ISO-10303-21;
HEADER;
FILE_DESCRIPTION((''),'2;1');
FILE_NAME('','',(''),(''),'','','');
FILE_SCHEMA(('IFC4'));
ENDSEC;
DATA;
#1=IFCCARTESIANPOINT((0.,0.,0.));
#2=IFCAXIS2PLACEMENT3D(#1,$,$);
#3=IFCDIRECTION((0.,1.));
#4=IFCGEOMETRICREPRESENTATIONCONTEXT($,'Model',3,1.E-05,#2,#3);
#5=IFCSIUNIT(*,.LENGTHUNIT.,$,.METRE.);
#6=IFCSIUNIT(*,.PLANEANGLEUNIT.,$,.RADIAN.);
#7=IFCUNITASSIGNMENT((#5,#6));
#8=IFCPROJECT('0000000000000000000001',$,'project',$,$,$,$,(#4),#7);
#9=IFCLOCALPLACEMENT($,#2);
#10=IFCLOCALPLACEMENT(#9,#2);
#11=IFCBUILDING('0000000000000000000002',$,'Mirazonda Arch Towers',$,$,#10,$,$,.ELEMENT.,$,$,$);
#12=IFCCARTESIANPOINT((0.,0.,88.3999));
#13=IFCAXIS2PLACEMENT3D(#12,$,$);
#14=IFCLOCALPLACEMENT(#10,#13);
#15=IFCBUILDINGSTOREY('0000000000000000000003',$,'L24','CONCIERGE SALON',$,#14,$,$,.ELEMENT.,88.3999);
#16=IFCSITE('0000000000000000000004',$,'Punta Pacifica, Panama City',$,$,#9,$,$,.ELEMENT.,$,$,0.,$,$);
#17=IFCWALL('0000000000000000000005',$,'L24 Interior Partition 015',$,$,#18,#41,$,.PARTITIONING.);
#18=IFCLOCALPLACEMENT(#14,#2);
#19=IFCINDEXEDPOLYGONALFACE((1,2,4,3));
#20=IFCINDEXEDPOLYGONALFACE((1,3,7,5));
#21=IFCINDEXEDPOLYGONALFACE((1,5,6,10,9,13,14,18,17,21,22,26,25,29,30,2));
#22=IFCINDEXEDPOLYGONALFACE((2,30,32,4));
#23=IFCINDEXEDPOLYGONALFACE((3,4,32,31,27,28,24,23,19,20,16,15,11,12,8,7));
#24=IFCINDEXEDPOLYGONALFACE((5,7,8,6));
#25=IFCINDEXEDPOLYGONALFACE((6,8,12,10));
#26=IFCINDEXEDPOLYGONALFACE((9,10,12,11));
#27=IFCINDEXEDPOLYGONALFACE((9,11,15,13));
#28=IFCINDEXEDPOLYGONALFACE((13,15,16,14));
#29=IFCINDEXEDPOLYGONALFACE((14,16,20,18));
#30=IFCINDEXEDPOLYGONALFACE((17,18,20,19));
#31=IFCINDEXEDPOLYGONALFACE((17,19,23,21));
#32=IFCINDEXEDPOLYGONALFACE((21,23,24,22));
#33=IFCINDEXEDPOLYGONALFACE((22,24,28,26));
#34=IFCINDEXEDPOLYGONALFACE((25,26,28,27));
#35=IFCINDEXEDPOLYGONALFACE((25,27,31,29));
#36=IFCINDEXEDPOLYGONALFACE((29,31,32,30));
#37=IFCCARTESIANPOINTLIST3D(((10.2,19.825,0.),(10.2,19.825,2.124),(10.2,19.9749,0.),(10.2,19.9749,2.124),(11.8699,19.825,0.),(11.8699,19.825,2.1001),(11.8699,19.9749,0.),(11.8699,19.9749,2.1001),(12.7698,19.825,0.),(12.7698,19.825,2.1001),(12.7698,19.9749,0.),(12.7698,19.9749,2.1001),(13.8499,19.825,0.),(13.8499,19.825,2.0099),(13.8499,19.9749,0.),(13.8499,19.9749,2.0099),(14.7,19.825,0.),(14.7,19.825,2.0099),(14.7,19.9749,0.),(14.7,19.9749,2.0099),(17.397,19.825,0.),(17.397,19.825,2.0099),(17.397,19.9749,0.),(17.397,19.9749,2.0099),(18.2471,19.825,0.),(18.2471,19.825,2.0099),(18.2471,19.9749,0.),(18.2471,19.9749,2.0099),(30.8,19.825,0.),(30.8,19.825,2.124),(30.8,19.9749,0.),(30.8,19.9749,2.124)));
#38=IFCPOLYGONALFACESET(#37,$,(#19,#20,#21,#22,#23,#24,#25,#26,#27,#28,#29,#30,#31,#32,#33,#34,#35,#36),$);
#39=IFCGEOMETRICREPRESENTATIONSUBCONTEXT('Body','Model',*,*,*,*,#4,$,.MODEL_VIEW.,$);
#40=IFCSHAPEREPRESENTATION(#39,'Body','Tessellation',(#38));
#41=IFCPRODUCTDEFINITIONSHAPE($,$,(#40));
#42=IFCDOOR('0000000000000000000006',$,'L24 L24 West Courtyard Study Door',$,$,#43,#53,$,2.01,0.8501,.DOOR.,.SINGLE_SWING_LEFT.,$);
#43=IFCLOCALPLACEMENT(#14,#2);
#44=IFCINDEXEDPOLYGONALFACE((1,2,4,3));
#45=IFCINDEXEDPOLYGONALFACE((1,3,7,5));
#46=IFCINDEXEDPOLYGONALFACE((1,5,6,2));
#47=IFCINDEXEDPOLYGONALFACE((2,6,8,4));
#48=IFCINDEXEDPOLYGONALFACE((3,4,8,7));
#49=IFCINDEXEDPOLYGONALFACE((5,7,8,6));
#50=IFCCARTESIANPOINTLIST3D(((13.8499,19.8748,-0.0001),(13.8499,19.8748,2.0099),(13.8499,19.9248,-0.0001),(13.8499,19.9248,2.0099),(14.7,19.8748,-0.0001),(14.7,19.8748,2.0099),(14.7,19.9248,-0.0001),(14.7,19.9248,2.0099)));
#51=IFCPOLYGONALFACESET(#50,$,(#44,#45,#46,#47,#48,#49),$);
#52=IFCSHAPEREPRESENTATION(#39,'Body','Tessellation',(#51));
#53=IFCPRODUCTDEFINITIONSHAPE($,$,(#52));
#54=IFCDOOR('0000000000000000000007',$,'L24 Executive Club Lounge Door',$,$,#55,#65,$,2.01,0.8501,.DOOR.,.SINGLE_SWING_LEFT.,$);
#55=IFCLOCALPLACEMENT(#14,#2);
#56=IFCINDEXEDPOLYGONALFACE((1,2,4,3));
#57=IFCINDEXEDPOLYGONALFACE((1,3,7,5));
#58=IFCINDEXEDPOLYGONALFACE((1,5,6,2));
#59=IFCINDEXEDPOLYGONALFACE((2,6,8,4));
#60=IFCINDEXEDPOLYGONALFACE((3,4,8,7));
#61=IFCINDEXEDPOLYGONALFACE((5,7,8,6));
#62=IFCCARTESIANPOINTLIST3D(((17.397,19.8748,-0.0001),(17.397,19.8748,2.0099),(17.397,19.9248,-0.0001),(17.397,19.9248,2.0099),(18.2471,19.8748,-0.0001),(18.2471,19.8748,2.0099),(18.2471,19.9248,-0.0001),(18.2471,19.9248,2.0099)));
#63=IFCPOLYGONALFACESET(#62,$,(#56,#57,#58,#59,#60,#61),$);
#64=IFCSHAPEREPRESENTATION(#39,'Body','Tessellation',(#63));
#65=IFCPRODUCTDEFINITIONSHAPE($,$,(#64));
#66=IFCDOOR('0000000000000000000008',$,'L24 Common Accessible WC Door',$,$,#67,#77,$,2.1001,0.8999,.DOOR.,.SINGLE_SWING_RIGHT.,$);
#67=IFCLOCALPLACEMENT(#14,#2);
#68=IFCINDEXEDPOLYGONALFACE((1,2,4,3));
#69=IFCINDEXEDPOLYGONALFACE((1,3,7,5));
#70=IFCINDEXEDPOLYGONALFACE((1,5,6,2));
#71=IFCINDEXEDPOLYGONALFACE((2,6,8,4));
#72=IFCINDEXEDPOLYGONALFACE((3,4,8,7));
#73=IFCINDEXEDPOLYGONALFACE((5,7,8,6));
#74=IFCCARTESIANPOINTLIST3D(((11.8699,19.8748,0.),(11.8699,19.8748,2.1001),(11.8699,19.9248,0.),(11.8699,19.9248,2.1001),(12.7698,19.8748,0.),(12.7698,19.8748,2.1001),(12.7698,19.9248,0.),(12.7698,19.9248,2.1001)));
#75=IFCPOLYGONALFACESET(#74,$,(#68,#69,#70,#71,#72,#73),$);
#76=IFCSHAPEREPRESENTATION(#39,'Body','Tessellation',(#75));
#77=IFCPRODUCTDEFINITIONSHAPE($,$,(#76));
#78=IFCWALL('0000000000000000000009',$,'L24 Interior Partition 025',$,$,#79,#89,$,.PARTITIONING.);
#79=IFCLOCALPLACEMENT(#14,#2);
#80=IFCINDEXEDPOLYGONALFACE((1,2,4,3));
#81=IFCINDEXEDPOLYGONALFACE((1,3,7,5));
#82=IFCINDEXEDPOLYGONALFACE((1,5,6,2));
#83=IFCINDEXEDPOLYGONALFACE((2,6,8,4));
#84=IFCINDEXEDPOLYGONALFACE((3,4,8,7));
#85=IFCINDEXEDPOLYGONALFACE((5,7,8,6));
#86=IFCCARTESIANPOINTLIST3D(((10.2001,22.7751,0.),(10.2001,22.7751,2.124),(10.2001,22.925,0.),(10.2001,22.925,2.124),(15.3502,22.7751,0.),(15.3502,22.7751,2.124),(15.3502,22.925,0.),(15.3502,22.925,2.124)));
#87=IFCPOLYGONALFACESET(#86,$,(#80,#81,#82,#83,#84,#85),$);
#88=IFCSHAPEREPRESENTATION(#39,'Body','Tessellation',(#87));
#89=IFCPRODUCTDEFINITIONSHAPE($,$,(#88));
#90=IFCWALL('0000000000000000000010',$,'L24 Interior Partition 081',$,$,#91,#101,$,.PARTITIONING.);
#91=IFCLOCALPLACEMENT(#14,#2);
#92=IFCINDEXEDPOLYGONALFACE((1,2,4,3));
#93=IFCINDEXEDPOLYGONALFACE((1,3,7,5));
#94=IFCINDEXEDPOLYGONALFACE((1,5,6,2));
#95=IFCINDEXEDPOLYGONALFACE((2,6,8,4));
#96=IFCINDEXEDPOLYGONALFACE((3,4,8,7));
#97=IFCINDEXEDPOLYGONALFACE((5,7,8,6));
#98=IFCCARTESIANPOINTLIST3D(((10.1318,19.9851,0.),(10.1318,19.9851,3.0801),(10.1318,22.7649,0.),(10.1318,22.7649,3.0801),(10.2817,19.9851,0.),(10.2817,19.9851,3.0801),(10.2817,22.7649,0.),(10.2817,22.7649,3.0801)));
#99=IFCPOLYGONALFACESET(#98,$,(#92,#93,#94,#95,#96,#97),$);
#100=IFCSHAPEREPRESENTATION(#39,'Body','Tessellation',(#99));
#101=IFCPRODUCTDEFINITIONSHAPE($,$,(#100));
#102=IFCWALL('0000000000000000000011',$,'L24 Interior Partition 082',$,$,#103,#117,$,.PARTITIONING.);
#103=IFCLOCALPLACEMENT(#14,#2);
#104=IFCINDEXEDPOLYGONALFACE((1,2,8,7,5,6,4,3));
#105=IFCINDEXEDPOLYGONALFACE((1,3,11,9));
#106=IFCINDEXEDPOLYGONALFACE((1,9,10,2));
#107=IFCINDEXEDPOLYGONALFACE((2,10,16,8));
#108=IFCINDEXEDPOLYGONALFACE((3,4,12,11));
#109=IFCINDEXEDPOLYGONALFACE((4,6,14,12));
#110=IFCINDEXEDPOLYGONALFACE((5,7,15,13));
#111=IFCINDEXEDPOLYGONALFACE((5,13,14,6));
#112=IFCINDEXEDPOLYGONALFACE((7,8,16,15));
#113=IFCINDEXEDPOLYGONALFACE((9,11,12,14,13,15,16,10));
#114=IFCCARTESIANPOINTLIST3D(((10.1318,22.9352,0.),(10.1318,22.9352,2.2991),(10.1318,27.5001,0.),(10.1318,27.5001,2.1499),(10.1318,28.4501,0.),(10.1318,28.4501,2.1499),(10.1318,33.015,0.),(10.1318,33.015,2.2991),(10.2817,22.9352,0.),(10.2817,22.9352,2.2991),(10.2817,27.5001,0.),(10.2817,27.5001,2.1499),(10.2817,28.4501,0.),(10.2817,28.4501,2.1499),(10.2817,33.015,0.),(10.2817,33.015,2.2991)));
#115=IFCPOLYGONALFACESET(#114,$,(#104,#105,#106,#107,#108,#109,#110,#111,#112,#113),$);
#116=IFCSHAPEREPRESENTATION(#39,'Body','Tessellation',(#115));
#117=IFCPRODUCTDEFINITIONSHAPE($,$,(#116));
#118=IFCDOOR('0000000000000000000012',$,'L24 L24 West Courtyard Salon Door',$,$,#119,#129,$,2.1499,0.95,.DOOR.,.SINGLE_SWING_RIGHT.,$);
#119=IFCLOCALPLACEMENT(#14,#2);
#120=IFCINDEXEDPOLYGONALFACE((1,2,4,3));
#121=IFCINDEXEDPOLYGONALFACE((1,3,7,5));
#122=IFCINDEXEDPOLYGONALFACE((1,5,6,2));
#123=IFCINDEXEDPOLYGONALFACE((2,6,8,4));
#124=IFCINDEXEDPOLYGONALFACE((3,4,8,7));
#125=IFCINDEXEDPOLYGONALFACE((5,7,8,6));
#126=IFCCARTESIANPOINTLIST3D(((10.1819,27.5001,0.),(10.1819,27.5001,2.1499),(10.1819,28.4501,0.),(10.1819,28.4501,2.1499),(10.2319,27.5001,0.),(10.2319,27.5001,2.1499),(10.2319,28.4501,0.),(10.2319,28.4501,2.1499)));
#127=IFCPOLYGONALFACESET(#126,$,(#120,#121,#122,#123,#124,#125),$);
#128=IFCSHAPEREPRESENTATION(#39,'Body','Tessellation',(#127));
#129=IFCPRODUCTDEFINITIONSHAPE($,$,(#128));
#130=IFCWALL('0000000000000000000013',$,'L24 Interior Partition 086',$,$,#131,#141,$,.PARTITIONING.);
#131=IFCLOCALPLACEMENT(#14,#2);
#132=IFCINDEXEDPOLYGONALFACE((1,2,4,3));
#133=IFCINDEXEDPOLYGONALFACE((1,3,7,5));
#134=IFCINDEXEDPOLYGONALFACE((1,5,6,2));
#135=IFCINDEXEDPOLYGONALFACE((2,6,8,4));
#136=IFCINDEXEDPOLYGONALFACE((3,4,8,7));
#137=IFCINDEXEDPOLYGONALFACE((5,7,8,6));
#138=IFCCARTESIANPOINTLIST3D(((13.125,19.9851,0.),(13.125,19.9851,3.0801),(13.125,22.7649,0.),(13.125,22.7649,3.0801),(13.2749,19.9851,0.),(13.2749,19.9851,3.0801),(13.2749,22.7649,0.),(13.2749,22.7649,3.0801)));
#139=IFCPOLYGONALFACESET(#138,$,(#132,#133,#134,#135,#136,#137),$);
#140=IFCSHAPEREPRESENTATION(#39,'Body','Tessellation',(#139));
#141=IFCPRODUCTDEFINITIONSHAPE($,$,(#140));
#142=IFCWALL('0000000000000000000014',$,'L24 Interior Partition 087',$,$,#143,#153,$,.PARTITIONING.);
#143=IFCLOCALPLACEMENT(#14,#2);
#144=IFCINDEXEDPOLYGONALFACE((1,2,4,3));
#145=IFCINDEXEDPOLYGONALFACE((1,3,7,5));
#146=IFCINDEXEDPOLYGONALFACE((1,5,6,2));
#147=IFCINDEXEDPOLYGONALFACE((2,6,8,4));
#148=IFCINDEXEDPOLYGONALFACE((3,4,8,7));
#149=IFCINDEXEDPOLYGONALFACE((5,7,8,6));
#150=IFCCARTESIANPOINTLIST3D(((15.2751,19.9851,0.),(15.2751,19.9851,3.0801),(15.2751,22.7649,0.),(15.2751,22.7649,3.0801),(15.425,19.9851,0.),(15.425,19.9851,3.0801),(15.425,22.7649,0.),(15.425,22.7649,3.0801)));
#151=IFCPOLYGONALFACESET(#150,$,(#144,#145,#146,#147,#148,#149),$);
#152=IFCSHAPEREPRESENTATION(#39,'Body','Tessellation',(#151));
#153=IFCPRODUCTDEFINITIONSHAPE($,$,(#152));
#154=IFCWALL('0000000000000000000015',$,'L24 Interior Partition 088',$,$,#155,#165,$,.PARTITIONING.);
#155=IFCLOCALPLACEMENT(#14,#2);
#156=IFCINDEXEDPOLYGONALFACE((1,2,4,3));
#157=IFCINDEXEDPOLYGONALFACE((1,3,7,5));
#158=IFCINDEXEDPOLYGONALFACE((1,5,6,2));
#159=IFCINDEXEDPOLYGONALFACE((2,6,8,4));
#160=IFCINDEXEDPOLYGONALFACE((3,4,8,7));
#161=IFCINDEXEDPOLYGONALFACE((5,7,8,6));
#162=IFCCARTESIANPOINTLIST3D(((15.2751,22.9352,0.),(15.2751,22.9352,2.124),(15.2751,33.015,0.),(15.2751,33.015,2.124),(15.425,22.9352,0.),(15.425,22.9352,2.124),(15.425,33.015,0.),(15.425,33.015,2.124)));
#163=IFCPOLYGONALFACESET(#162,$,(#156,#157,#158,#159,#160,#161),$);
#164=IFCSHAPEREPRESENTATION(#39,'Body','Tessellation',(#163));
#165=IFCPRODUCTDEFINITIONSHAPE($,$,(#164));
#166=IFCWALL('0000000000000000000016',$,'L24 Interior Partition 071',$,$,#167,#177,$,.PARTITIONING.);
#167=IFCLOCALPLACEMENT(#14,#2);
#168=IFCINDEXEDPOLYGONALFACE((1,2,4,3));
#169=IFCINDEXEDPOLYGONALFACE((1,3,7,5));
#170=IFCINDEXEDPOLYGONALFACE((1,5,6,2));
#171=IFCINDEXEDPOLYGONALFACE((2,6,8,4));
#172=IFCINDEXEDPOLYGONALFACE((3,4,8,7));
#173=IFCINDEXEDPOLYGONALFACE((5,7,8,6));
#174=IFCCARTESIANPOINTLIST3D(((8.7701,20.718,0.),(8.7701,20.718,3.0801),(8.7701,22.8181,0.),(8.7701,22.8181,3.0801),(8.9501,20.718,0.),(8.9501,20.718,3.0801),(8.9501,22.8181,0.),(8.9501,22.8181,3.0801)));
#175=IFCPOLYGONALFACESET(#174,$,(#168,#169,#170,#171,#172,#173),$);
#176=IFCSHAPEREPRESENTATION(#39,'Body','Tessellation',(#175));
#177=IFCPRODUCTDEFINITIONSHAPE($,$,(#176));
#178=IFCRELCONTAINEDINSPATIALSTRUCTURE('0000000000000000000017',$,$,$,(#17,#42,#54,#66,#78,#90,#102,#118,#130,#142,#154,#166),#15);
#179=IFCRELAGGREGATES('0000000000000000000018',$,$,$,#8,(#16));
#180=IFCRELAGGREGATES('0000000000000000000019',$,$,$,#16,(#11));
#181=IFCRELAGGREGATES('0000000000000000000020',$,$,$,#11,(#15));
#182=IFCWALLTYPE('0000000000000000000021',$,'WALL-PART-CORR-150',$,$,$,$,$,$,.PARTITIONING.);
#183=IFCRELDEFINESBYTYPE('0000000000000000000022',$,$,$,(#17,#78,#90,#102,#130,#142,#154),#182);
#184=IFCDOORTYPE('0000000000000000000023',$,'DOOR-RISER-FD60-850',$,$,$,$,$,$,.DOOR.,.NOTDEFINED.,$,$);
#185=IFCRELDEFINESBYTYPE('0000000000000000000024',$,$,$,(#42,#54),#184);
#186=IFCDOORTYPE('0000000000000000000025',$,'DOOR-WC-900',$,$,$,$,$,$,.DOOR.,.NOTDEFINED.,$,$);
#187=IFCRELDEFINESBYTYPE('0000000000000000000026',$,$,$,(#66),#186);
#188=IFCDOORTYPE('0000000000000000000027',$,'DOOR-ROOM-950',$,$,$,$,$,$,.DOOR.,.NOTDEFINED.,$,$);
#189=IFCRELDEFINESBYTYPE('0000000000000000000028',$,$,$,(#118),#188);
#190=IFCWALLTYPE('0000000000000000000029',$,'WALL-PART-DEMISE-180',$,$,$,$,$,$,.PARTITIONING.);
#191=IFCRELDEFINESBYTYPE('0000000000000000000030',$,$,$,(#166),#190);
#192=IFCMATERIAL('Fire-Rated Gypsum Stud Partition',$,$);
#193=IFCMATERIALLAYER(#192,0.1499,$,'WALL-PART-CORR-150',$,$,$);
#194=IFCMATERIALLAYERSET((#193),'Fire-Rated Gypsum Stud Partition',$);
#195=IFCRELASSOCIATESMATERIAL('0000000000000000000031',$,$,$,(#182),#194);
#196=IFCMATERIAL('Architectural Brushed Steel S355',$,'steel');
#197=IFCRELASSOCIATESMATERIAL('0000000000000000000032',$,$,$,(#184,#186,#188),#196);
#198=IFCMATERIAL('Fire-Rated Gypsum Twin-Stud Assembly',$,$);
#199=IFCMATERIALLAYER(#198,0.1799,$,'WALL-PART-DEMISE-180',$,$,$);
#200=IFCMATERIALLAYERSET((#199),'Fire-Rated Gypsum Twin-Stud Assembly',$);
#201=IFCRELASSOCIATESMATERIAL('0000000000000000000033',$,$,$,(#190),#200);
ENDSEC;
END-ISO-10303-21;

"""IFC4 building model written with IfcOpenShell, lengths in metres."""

from ifc_helpers import new_model, si_unit, direction, frame, frame_2d, origin, place, context, subcontext, project, spatial, rectangle, extrude, material, layer, layer_set, type_object, element, fill, save


model = new_model("IFC4")

# Units and contexts
model_context = context("Model", 3, precision=1e-05, world=origin(), true_north=direction((0.0, 1.0)))
body_context = subcontext(model_context, "Body", "Model", "MODEL_VIEW")
ifc_project = project(units=[si_unit("LENGTHUNIT", "METRE"), si_unit("PLANEANGLEUNIT", "RADIAN")], contexts=[model_context])

# Site, building, storey
site_placement = place(None, origin())
site = spatial("IfcSite", under=ifc_project, at=site_placement, Name="Punta Pacifica, Panama City", CompositionType="ELEMENT", RefElevation=0.0)
building_placement = place(site_placement, origin())
building = spatial("IfcBuilding", under=site, at=building_placement, Name="Mirazonda Arch Towers", CompositionType="ELEMENT")
storey_placement = place(building_placement, frame((0.0, 0.0, 88.3999)))
storey = spatial("IfcBuildingStorey", under=building, at=storey_placement, Name="L24", Description="CONCIERGE SALON", CompositionType="ELEMENT", Elevation=88.3999)

# Shared definitions
ifc_material_1 = material(Name="Architectural Brushed Steel S355", Category="steel")

# Shared definitions
ifc_material_2 = material(Name="Fire-Rated Gypsum Stud Partition")
ifc_layer_1 = layer(ifc_material_2, 0.1499, Name="WALL-PART-CORR-150")
ifc_layer_set_1 = layer_set([ifc_layer_1], Name="Fire-Rated Gypsum Stud Partition")
wall_type_1 = type_object("IfcWallType", Name="WALL-PART-CORR-150", PredefinedType="PARTITIONING", material=ifc_layer_set_1)

# Wall, openings, doors
wall_1_placement = place(storey_placement, frame((10.2, 19.8999, 0.0), z_axis=(0.0, 0.0, 1.0), x_axis=(1.0, 0.0, 0.0)))
wall_1 = element("IfcWall", 1, at=wall_1_placement, inside=storey, type_object=wall_type_1, Name="L24 Interior Partition 015", PredefinedType="PARTITIONING", context=body_context, shape_type="SweptSolid", body=[
    extrude(rectangle(XDim=20.6001, YDim=0.1499, at=frame_2d((10.3, 0.0))), origin(), (0.0, 0.0, 1.0), 2.124),
])
opening_1_placement = place(wall_1_placement, frame((1.6699, 0.0, 0.0)))
opening_1 = element("IfcOpeningElement", 2, at=opening_1_placement, cuts=wall_1, PredefinedType="OPENING", context=body_context, shape_type="SweptSolid", body=[
    extrude(rectangle(XDim=0.8999, YDim=2.1001, at=frame_2d((0.45, 1.05))), frame((0.0, 0.085, 0.0), z_axis=(0.0, -1.0, 0.0), x_axis=(1.0, 0.0, 0.0)), (0.0, 0.0, 1.0), 0.1699),
])
opening_2_placement = place(wall_1_placement, frame((3.6499, 0.0, 0.0)))
opening_2 = element("IfcOpeningElement", 3, at=opening_2_placement, cuts=wall_1, PredefinedType="OPENING", context=body_context, shape_type="SweptSolid", body=[
    extrude(rectangle(XDim=0.8501, YDim=2.01, at=frame_2d((0.425, 1.0049))), frame((0.0, 0.085, 0.0), z_axis=(0.0, -1.0, 0.0), x_axis=(1.0, 0.0, 0.0)), (0.0, 0.0, 1.0), 0.1699),
])
opening_3_placement = place(wall_1_placement, frame((7.197, 0.0, 0.0)))
opening_3 = element("IfcOpeningElement", 4, at=opening_3_placement, cuts=wall_1, PredefinedType="OPENING", context=body_context, shape_type="SweptSolid", body=[
    extrude(rectangle(XDim=0.8501, YDim=2.01, at=frame_2d((0.425, 1.0049))), frame((0.0, 0.085, 0.0), z_axis=(0.0, -1.0, 0.0), x_axis=(1.0, 0.0, 0.0)), (0.0, 0.0, 1.0), 0.1699),
])
door_type_1 = type_object("IfcDoorType", Name="DOOR-RISER-FD60-850", OperationType="NOTDEFINED", PredefinedType="DOOR", material=ifc_material_1)
door_1_placement = place(opening_2_placement, origin())
door_1 = element("IfcDoor", 5, at=door_1_placement, inside=storey, type_object=door_type_1, Name="L24 L24 West Courtyard Study Door", OperationType="SINGLE_SWING_LEFT", OverallHeight=2.01, OverallWidth=0.8501, PredefinedType="DOOR", context=body_context, shape_type="SweptSolid", body=[
    extrude(rectangle(XDim=0.8501, YDim=2.01, at=frame_2d((0.425, 1.0049))), frame((0.0, 0.0249, 0.0), z_axis=(0.0, -1.0, 0.0), x_axis=(1.0, 0.0, 0.0)), (0.0, 0.0, 1.0), 0.05),
])
fill(opening_2, door_1)
door_2_placement = place(opening_3_placement, origin())
door_2 = element("IfcDoor", 6, at=door_2_placement, inside=storey, type_object=door_type_1, Name="L24 Executive Club Lounge Door", OperationType="SINGLE_SWING_LEFT", OverallHeight=2.01, OverallWidth=0.8501, PredefinedType="DOOR", context=body_context, shape_type="SweptSolid", body=[
    extrude(rectangle(XDim=0.8501, YDim=2.01, at=frame_2d((0.425, 1.0049))), frame((0.0, 0.0249, 0.0), z_axis=(0.0, -1.0, 0.0), x_axis=(1.0, 0.0, 0.0)), (0.0, 0.0, 1.0), 0.05),
])
fill(opening_3, door_2)
door_type_2 = type_object("IfcDoorType", Name="DOOR-WC-900", OperationType="NOTDEFINED", PredefinedType="DOOR", material=ifc_material_1)
door_3_placement = place(opening_1_placement, origin())
door_3 = element("IfcDoor", 7, at=door_3_placement, inside=storey, type_object=door_type_2, Name="L24 Common Accessible WC Door", OperationType="SINGLE_SWING_RIGHT", OverallHeight=2.1001, OverallWidth=0.8999, PredefinedType="DOOR", context=body_context, shape_type="SweptSolid", body=[
    extrude(rectangle(XDim=0.8999, YDim=2.1001, at=frame_2d((0.45, 1.05))), frame((0.0, 0.0249, 0.0), z_axis=(0.0, -1.0, 0.0), x_axis=(1.0, 0.0, 0.0)), (0.0, 0.0, 1.0), 0.05),
])
fill(opening_1, door_3)

# Walls
wall_2_placement = place(storey_placement, frame((10.2, 22.8501, 0.0), z_axis=(0.0, 0.0, 1.0), x_axis=(1.0, 0.0, 0.0)))
element("IfcWall", 8, at=wall_2_placement, inside=storey, type_object=wall_type_1, Name="L24 Interior Partition 025", PredefinedType="PARTITIONING", context=body_context, shape_type="SweptSolid", body=[
    extrude(rectangle(XDim=5.1501, YDim=0.1499, at=frame_2d((2.5752, 0.0))), origin(), (0.0, 0.0, 1.0), 2.124),
])
wall_3_placement = place(storey_placement, frame((10.2068, 19.9851, 0.0), z_axis=(0.0, 0.0, 1.0), x_axis=(0.0, 1.0, 0.0)))
element("IfcWall", 9, at=wall_3_placement, inside=storey, type_object=wall_type_1, Name="L24 Interior Partition 081", PredefinedType="PARTITIONING", context=body_context, shape_type="SweptSolid", body=[
    extrude(rectangle(XDim=2.7798, YDim=0.1499, at=frame_2d((1.3899, 0.0))), origin(), (0.0, 0.0, 1.0), 3.0801),
])

# Wall, opening, door
wall_4_placement = place(storey_placement, frame((10.2068, 22.9351, 0.0), z_axis=(0.0, 0.0, 1.0), x_axis=(0.0, 1.0, 0.0)))
wall_4 = element("IfcWall", 10, at=wall_4_placement, inside=storey, type_object=wall_type_1, Name="L24 Interior Partition 082", PredefinedType="PARTITIONING", context=body_context, shape_type="SweptSolid", body=[
    extrude(rectangle(XDim=10.0798, YDim=0.1499, at=frame_2d((5.04, 0.0))), origin(), (0.0, 0.0, 1.0), 2.2991),
])
opening_4_placement = place(wall_4_placement, frame((4.5649, 0.0, 0.0)))
opening_4 = element("IfcOpeningElement", 11, at=opening_4_placement, cuts=wall_4, PredefinedType="OPENING", context=body_context, shape_type="SweptSolid", body=[
    extrude(rectangle(XDim=0.95, YDim=2.1499, at=frame_2d((0.4751, 1.075))), frame((0.0, 0.085, 0.0), z_axis=(0.0, -1.0, 0.0), x_axis=(1.0, 0.0, 0.0)), (0.0, 0.0, 1.0), 0.1699),
])
door_type_3 = type_object("IfcDoorType", Name="DOOR-ROOM-950", OperationType="NOTDEFINED", PredefinedType="DOOR", material=ifc_material_1)
door_4_placement = place(opening_4_placement, origin())
door_4 = element("IfcDoor", 12, at=door_4_placement, inside=storey, type_object=door_type_3, Name="L24 L24 West Courtyard Salon Door", OperationType="SINGLE_SWING_RIGHT", OverallHeight=2.1499, OverallWidth=0.95, PredefinedType="DOOR", context=body_context, shape_type="SweptSolid", body=[
    extrude(rectangle(XDim=0.95, YDim=2.1499, at=frame_2d((0.4751, 1.075))), frame((0.0, 0.0249, 0.0), z_axis=(0.0, -1.0, 0.0), x_axis=(1.0, 0.0, 0.0)), (0.0, 0.0, 1.0), 0.05),
])
fill(opening_4, door_4)

# Walls
for number, where, z_axis, x_axis, name in (
    (13, (13.2, 19.9851, 0.0), (0.0, 0.0, 1.0), (0.0, 1.0, 0.0), "L24 Interior Partition 086"),
    (14, (15.3501, 19.9851, 0.0), (0.0, 0.0, 1.0), (0.0, 1.0, 0.0), "L24 Interior Partition 087"),
):
    element("IfcWall", number, at=place(storey_placement, frame(where, z_axis=z_axis, x_axis=x_axis)), inside=storey, type_object=wall_type_1, Name=name, PredefinedType="PARTITIONING", context=body_context, shape_type="SweptSolid", body=[
        extrude(rectangle(XDim=2.7798, YDim=0.1499, at=frame_2d((1.3899, 0.0))), origin(), (0.0, 0.0, 1.0), 3.0801),
    ])
wall_5_placement = place(storey_placement, frame((15.3501, 22.9351, 0.0), z_axis=(0.0, 0.0, 1.0), x_axis=(0.0, 1.0, 0.0)))
element("IfcWall", 15, at=wall_5_placement, inside=storey, type_object=wall_type_1, Name="L24 Interior Partition 088", PredefinedType="PARTITIONING", context=body_context, shape_type="SweptSolid", body=[
    extrude(rectangle(XDim=10.0798, YDim=0.1499, at=frame_2d((5.04, 0.0))), origin(), (0.0, 0.0, 1.0), 2.124),
])
ifc_material_3 = material(Name="Fire-Rated Gypsum Twin-Stud Assembly")
ifc_layer_2 = layer(ifc_material_3, 0.1799, Name="WALL-PART-DEMISE-180")
ifc_layer_set_2 = layer_set([ifc_layer_2], Name="Fire-Rated Gypsum Twin-Stud Assembly")
wall_type_2 = type_object("IfcWallType", Name="WALL-PART-DEMISE-180", PredefinedType="PARTITIONING", material=ifc_layer_set_2)
wall_6_placement = place(storey_placement, frame((8.8601, 20.718, 0.0), z_axis=(0.0, 0.0, 1.0), x_axis=(0.0, 1.0, 0.0)))
element("IfcWall", 16, at=wall_6_placement, inside=storey, type_object=wall_type_2, Name="L24 Interior Partition 071", PredefinedType="PARTITIONING", context=body_context, shape_type="SweptSolid", body=[
    extrude(rectangle(XDim=2.1001, YDim=0.1799, at=frame_2d((1.05, 0.0))), origin(), (0.0, 0.0, 1.0), 3.0801),
])

save(model, "model.ifc")
